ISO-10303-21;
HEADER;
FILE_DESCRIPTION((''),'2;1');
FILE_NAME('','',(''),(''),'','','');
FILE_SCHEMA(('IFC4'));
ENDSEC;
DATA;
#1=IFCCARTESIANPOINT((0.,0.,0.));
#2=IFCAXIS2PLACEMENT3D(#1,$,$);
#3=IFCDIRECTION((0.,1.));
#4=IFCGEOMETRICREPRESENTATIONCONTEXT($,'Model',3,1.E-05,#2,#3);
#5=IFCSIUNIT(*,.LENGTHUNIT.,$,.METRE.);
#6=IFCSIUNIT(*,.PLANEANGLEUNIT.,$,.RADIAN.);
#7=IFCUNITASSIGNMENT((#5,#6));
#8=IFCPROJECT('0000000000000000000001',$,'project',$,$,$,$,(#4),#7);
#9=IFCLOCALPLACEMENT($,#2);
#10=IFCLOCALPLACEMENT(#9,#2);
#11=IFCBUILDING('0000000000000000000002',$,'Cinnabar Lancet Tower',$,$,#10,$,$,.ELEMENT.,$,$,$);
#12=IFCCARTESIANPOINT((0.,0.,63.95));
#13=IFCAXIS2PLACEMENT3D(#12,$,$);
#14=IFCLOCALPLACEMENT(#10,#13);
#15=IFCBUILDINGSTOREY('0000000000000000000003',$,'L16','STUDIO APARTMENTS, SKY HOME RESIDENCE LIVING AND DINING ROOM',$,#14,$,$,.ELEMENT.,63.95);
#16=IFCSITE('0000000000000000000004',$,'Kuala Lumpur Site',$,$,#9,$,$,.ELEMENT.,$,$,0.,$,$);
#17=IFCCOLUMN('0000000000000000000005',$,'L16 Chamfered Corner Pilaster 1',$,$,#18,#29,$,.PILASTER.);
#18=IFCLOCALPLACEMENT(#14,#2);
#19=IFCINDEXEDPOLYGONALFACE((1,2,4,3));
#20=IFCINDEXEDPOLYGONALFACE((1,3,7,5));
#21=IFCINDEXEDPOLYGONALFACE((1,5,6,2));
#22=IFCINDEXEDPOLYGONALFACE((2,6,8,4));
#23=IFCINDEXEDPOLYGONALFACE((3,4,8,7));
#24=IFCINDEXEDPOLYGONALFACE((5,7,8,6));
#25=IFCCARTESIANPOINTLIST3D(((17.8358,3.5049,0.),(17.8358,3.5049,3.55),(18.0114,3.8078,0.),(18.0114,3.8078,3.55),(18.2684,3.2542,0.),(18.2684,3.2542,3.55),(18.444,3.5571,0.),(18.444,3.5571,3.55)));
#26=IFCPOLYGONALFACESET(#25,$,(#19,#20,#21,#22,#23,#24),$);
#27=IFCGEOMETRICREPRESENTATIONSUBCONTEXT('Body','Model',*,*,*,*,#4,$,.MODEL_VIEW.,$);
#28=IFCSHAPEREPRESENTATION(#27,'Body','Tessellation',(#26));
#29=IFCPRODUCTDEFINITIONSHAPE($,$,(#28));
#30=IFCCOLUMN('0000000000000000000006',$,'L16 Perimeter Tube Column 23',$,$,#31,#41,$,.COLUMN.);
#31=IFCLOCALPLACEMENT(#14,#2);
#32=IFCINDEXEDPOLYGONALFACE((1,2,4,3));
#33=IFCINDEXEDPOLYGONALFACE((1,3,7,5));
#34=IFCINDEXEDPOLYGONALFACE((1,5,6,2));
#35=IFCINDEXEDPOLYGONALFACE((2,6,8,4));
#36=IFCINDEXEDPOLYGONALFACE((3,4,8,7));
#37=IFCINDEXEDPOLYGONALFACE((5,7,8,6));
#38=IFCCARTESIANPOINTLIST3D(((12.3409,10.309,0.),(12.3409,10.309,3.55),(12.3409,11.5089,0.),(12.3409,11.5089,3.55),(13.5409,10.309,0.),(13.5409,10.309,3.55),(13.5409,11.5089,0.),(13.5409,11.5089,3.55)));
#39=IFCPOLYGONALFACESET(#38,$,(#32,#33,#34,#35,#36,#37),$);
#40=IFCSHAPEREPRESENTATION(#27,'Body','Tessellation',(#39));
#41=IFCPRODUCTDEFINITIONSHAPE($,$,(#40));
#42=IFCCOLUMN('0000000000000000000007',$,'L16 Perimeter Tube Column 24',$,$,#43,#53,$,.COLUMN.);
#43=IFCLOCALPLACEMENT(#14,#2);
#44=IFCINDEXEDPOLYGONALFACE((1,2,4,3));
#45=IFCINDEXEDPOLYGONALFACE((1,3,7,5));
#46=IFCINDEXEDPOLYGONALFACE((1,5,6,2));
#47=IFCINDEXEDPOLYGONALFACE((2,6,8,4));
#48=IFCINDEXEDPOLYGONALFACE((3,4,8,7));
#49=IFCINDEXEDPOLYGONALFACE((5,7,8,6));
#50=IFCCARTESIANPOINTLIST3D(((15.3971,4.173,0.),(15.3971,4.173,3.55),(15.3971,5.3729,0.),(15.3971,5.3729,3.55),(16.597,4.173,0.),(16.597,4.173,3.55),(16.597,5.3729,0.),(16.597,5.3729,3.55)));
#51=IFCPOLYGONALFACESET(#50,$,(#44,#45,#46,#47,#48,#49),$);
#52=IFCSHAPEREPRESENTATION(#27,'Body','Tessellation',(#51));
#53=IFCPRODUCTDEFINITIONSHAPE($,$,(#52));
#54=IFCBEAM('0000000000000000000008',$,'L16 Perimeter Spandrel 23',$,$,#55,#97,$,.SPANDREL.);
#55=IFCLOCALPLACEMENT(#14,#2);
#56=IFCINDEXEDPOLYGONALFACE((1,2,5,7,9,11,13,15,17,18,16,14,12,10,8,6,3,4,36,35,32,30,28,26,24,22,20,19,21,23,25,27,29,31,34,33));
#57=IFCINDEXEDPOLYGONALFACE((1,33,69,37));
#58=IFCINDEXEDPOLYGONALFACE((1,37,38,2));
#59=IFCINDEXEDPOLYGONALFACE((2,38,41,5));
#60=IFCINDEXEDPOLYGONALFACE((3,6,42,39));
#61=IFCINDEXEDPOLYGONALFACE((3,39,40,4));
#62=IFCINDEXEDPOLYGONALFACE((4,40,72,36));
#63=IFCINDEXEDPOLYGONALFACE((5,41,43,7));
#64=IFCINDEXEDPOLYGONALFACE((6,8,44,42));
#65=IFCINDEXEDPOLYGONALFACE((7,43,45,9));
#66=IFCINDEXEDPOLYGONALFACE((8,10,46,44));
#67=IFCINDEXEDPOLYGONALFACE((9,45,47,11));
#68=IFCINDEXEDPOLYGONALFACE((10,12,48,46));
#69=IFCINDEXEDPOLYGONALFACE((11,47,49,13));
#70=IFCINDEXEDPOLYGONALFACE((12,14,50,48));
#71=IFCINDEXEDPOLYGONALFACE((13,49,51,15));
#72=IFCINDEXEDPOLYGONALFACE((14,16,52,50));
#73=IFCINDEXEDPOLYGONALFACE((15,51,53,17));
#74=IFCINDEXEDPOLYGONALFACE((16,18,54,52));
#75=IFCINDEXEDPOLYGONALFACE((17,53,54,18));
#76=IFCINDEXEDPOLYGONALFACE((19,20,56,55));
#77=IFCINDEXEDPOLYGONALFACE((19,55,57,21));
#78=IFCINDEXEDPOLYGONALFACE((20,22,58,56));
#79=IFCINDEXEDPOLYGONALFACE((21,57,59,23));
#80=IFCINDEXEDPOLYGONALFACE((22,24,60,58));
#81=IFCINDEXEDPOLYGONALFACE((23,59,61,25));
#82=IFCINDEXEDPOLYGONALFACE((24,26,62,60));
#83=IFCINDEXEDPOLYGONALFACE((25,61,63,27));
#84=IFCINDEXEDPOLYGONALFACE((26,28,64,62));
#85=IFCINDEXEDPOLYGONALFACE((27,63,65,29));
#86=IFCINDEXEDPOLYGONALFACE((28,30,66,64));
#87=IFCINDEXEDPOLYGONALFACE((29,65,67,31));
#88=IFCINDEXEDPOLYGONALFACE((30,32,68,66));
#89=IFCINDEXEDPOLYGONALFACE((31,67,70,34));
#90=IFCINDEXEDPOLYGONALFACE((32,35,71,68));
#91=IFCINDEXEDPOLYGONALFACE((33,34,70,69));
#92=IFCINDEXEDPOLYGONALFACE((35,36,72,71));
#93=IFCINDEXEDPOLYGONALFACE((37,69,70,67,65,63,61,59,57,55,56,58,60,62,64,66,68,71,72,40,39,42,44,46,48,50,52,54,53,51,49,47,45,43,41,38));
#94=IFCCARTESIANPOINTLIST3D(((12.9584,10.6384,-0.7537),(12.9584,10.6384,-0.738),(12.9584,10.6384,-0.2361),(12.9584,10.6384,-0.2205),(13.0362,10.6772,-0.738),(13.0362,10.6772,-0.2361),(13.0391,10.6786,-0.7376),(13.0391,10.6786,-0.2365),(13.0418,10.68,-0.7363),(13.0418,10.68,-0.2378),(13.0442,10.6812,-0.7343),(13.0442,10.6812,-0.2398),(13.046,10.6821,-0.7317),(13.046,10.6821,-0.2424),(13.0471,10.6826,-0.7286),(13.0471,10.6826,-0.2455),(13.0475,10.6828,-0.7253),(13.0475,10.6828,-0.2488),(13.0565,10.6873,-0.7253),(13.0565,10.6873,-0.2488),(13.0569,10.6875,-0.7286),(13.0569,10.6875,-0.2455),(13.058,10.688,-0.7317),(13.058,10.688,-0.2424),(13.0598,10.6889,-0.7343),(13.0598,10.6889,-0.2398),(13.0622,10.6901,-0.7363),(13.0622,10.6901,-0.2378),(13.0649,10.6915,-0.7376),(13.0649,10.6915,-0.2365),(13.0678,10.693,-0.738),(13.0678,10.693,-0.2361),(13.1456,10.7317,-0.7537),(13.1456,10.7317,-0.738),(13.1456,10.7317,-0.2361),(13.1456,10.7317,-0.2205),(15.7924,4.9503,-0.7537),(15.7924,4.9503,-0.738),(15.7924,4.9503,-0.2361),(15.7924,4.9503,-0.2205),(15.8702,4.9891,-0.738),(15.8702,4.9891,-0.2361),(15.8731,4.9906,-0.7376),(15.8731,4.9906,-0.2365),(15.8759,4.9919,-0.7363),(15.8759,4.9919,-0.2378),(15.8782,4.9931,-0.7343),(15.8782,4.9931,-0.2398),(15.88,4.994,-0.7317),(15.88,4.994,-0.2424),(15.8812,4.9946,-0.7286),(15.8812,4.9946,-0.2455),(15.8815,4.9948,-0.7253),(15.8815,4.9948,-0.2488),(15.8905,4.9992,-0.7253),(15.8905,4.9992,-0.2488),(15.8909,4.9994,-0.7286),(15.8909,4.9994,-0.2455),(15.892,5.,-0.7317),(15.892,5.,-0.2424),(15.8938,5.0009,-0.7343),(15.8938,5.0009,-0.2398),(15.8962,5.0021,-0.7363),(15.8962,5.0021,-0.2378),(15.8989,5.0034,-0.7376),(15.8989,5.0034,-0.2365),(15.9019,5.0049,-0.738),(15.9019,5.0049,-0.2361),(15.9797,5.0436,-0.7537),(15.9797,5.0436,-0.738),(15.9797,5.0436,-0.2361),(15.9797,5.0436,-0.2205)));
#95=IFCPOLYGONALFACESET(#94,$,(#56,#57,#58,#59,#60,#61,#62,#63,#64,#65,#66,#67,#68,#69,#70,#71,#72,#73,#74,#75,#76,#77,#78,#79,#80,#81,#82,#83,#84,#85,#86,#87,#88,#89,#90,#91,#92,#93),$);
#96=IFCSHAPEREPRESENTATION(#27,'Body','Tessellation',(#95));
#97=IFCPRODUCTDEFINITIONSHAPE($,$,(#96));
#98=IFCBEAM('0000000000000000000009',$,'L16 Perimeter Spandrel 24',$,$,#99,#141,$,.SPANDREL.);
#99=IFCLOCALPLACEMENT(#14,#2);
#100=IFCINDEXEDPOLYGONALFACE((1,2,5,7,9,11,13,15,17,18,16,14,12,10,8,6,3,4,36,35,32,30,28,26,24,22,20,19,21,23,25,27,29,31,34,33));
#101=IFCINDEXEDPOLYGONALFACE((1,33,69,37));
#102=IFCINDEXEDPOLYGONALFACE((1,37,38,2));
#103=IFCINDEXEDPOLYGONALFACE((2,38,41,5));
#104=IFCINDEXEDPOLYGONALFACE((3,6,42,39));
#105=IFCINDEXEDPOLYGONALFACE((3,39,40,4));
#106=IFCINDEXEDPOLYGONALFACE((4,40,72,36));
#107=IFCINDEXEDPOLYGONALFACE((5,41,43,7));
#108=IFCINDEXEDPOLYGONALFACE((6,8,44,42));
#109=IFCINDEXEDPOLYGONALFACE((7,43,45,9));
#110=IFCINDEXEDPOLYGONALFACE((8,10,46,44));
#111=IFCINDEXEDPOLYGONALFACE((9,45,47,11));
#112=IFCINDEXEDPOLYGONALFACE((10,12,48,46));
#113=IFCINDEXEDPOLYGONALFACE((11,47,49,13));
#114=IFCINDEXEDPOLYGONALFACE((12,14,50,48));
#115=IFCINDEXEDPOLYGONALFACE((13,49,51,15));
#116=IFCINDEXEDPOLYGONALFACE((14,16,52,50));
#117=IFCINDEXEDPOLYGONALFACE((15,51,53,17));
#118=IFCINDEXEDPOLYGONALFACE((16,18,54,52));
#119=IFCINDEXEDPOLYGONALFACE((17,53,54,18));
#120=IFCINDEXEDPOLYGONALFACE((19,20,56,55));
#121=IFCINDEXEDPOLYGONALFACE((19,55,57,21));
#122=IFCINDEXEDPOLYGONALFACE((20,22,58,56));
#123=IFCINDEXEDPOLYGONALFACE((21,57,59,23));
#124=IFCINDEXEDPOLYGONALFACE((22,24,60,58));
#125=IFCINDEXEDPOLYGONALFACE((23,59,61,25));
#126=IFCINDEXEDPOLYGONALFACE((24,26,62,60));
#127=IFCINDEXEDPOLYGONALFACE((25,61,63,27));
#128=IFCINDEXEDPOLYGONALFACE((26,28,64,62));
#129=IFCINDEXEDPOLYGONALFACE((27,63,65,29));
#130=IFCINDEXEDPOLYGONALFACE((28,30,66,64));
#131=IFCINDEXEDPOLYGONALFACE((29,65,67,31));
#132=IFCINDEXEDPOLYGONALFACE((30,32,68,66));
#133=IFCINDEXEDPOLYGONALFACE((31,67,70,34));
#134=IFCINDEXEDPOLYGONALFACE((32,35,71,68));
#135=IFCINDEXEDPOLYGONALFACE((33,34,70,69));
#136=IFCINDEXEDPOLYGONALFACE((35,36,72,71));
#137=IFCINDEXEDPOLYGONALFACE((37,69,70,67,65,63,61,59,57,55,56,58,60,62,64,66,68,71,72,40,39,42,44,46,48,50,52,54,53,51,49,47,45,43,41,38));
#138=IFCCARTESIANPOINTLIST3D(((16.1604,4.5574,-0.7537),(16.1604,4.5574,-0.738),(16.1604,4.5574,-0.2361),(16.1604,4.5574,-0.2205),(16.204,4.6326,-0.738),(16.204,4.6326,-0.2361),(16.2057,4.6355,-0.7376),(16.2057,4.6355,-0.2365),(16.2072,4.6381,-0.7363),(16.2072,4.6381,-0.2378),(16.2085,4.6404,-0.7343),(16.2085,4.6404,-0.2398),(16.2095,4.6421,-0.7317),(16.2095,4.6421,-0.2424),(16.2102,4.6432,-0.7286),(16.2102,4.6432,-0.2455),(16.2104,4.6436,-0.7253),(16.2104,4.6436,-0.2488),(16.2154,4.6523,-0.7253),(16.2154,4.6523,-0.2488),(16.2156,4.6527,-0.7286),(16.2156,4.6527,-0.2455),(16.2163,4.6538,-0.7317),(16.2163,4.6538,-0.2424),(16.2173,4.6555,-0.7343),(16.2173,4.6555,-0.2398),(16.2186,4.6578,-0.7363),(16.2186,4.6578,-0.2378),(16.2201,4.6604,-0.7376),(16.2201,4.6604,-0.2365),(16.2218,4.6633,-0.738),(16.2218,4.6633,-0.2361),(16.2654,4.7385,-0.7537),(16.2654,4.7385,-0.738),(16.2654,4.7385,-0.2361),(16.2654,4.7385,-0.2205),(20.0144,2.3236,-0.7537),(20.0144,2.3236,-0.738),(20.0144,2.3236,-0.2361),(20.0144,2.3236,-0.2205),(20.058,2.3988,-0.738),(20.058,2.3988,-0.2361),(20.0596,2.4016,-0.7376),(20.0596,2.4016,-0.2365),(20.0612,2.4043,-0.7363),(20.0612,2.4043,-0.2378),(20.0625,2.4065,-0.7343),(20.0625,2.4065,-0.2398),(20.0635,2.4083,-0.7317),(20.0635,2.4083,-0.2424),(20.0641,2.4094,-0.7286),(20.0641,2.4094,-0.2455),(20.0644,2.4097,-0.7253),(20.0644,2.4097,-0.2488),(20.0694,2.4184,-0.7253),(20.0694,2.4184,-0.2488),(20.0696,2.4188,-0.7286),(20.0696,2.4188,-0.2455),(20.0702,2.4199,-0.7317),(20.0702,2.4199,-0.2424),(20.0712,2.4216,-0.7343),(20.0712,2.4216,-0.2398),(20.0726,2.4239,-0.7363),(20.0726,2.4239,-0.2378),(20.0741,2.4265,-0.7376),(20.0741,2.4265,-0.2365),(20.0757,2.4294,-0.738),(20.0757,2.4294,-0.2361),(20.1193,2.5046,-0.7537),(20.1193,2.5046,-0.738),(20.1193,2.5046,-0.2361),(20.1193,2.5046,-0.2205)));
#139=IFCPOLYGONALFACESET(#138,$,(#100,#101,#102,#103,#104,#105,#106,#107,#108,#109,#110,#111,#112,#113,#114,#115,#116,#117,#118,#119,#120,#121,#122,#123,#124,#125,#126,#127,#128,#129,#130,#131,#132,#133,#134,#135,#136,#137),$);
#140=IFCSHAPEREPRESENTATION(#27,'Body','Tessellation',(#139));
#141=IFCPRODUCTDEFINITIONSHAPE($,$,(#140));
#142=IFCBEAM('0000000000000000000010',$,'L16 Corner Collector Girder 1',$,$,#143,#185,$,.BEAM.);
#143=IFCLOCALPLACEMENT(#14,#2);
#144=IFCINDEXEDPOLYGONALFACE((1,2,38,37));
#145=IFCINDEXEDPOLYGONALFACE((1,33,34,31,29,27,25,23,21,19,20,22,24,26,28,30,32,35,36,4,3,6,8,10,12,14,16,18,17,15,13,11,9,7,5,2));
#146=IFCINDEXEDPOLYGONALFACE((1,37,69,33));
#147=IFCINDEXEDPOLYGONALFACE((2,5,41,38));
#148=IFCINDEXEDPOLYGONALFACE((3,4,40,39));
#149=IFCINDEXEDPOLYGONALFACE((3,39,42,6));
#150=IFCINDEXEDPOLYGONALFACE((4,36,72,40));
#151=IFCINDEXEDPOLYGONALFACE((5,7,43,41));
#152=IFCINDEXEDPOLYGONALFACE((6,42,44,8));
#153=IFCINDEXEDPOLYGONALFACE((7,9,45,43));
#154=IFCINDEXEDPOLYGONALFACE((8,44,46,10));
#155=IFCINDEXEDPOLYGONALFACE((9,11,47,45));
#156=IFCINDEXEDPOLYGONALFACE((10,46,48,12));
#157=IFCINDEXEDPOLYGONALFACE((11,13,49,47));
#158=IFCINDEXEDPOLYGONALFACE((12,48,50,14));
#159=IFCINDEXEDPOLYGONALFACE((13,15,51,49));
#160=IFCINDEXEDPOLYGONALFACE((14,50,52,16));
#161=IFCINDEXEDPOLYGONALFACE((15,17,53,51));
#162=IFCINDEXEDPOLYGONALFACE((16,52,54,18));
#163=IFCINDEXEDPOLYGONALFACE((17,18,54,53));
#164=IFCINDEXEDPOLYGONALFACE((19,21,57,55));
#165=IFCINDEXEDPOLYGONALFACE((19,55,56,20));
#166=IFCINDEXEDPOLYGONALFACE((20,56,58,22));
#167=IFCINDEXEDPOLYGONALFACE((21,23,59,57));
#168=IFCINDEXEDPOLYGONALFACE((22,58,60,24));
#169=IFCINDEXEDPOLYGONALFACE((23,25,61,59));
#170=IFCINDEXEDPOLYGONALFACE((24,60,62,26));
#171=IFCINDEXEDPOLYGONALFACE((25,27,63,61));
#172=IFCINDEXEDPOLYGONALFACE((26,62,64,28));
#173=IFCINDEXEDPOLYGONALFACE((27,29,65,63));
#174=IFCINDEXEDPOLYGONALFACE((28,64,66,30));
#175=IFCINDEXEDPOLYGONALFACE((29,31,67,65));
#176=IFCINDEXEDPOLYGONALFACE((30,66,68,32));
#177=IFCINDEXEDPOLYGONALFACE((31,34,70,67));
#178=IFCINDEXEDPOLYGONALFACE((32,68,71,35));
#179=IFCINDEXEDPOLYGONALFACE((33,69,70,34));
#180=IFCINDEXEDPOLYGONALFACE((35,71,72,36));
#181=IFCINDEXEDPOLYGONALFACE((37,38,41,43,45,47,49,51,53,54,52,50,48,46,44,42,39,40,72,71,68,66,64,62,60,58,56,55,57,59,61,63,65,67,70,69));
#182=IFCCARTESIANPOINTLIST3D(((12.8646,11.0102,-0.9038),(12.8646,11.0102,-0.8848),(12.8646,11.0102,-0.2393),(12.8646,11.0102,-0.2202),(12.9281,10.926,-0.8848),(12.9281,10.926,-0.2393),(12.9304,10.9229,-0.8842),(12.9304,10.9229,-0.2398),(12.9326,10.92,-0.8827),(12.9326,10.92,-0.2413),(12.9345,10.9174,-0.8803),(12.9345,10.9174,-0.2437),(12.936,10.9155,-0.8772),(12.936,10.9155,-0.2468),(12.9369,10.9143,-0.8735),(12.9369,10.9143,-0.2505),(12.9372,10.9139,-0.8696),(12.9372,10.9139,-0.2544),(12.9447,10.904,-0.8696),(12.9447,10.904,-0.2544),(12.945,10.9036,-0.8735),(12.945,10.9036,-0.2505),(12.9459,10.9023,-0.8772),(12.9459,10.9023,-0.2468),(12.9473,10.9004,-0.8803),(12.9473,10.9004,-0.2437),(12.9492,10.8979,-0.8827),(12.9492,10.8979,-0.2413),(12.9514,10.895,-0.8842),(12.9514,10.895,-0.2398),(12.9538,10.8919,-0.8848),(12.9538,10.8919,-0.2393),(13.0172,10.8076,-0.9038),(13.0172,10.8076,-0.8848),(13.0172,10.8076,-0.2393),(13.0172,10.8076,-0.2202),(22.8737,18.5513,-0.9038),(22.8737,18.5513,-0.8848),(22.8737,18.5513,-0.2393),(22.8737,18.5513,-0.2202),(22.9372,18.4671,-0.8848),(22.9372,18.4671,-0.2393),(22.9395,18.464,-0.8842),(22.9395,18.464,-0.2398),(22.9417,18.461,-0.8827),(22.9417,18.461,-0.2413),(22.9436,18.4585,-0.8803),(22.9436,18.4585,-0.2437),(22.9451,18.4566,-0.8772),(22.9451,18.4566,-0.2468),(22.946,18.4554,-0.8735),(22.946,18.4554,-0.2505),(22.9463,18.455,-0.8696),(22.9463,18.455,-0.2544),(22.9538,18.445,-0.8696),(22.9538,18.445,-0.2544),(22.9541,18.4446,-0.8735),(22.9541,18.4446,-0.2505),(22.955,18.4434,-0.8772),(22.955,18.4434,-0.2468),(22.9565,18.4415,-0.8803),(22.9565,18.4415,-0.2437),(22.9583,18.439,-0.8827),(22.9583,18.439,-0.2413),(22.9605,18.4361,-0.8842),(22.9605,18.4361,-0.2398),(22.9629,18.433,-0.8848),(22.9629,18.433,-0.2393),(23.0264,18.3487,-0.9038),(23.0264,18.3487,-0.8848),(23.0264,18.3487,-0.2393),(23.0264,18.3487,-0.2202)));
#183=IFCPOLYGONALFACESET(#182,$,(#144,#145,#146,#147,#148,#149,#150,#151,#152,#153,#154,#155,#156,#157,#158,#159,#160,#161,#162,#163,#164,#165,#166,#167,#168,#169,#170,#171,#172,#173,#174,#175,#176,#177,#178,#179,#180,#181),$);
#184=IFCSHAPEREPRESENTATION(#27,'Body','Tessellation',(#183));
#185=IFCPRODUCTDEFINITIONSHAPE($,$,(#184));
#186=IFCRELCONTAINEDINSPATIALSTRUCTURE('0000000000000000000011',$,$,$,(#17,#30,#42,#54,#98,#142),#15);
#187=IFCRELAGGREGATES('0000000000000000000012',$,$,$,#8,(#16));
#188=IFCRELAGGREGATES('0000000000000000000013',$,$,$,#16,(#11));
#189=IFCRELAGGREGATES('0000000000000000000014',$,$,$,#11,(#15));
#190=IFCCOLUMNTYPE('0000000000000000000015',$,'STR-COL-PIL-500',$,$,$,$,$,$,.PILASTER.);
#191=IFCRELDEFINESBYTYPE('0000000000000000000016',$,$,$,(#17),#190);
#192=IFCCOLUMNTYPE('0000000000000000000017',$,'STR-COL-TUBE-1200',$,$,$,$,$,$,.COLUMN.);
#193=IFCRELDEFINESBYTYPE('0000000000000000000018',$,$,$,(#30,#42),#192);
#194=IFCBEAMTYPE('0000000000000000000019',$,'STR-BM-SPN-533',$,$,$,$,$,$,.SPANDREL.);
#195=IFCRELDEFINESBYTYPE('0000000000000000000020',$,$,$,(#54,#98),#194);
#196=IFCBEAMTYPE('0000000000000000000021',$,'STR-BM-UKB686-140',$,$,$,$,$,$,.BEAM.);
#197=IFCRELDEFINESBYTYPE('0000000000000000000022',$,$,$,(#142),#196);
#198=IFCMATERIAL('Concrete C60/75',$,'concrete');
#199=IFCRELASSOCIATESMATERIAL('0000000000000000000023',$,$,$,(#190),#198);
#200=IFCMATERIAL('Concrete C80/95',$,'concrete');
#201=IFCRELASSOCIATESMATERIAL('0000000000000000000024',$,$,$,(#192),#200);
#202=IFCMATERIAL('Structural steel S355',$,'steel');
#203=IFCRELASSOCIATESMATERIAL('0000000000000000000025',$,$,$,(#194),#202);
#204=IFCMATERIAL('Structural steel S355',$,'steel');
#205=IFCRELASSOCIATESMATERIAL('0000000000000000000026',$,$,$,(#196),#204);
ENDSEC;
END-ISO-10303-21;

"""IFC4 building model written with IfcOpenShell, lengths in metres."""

from ifc_helpers import new_model, si_unit, direction, frame, origin, origin_2d, place, context, subcontext, project, spatial, rectangle, i_section, extrude, material, material_profile, profile_set, type_object, element, save


model = new_model("IFC4")

# Units and contexts
model_context = context("Model", 3, precision=1e-05, world=origin(), true_north=direction((0.0, 1.0)))
body_context = subcontext(model_context, "Body", "Model", "MODEL_VIEW")
ifc_project = project(units=[si_unit("LENGTHUNIT", "METRE"), si_unit("PLANEANGLEUNIT", "RADIAN")], contexts=[model_context])

# Site, building, storey
site_placement = place(None, origin())
site = spatial("IfcSite", under=ifc_project, at=site_placement, Name="Kuala Lumpur Site", CompositionType="ELEMENT", RefElevation=0.0)
building_placement = place(site_placement, origin())
building = spatial("IfcBuilding", under=site, at=building_placement, Name="Cinnabar Lancet Tower", CompositionType="ELEMENT")
storey_placement = place(building_placement, frame((0.0, 0.0, 63.95)))
storey = spatial("IfcBuildingStorey", under=building, at=storey_placement, Name="L16", Description="STUDIO APARTMENTS, SKY HOME RESIDENCE LIVING AND DINING ROOM", CompositionType="ELEMENT", Elevation=63.95)

# Columns
ifc_material_1 = material(Name="Concrete C60/75", Category="concrete")
ifc_material_profile_1 = material_profile(ifc_material_1, rectangle(XDim=0.5, YDim=0.3501, at=origin_2d()), Name="RC-PIL 500x350")
ifc_profile_set_1 = profile_set([ifc_material_profile_1], Name="Concrete C60/75")
column_type_1 = type_object("IfcColumnType", Name="STR-COL-PIL-500", PredefinedType="PILASTER", material=ifc_profile_set_1)
column_placement = place(storey_placement, frame((18.1399, 3.531, 0.0), z_axis=(0.0, 0.0, 1.0), x_axis=(0.865195, -0.501435, 0.0)))
element("IfcColumn", 1, at=column_placement, inside=storey, type_object=column_type_1, Name="L16 Chamfered Corner Pilaster 1", PredefinedType="PILASTER", context=body_context, shape_type="SweptSolid", body=[
    extrude(rectangle(XDim=0.5, YDim=0.3501, at=origin_2d()), origin(), (0.0, 0.0, 1.0), 3.55),
])
ifc_material_2 = material(Name="Concrete C80/95", Category="concrete")
ifc_material_profile_2 = material_profile(ifc_material_2, rectangle(XDim=1.2, YDim=1.2, at=origin_2d()), Name="RC-COL 1200x1200")
ifc_profile_set_2 = profile_set([ifc_material_profile_2], Name="Concrete C80/95")
column_type_2 = type_object("IfcColumnType", Name="STR-COL-TUBE-1200", PredefinedType="COLUMN", material=ifc_profile_set_2)
for number, where, z_axis, x_axis, name in (
    (2, (12.9409, 10.9089, 0.0), (0.0, 0.0, 1.0), (1.0, 0.0, 0.0), "L16 Perimeter Tube Column 23"),
    (3, (15.9971, 4.7729, 0.0), (0.0, 0.0, 1.0), (1.0, 0.0, 0.0), "L16 Perimeter Tube Column 24"),
):
    element("IfcColumn", number, at=place(storey_placement, frame(where, z_axis=z_axis, x_axis=x_axis)), inside=storey, type_object=column_type_2, Name=name, PredefinedType="COLUMN", context=body_context, shape_type="SweptSolid", body=[
        extrude(rectangle(XDim=1.2, YDim=1.2, at=origin_2d()), origin(), (0.0, 0.0, 1.0), 3.55),
    ])

# Beams
ifc_material_3 = material(Name="Structural steel S355", Category="steel")
ifc_material_profile_3 = material_profile(ifc_material_3, i_section(OverallWidth=0.2092, OverallDepth=0.5332, WebThickness=0.01, FlangeThickness=0.0156, FilletRadius=0.0127, at=origin_2d()), Name="UKB 533x210x92")
ifc_profile_set_3 = profile_set([ifc_material_profile_3], Name="Structural steel S355")
beam_type_1 = type_object("IfcBeamType", Name="STR-BM-SPN-533", PredefinedType="SPANDREL", material=ifc_profile_set_3)
beam_1_placement = place(storey_placement, frame((13.052, 10.6851, -0.4871), z_axis=(0.445953, -0.895056, 0.0), x_axis=(0.895056, 0.445953, 0.0)))
element("IfcBeam", 4, at=beam_1_placement, inside=storey, type_object=beam_type_1, Name="L16 Perimeter Spandrel 23", PredefinedType="SPANDREL", context=body_context, shape_type="SweptSolid", body=[
    extrude(i_section(OverallWidth=0.2092, OverallDepth=0.5332, WebThickness=0.01, FlangeThickness=0.0156, FilletRadius=0.0127, at=origin_2d()), origin(), (0.0, 0.0, 1.0), 6.355),
])
beam_2_placement = place(storey_placement, frame((16.2129, 4.6479, -0.4871), z_axis=(0.865171, -0.501477, 0.0), x_axis=(0.501477, 0.865171, 0.0)))
element("IfcBeam", 5, at=beam_2_placement, inside=storey, type_object=beam_type_1, Name="L16 Perimeter Spandrel 24", PredefinedType="SPANDREL", context=body_context, shape_type="SweptSolid", body=[
    extrude(i_section(OverallWidth=0.2092, OverallDepth=0.5332, WebThickness=0.01, FlangeThickness=0.0156, FilletRadius=0.0127, at=origin_2d()), origin(), (0.0, 0.0, 1.0), 4.4546),
])
ifc_material_4 = material(Name="Structural steel S355", Category="steel")
ifc_material_profile_4 = material_profile(ifc_material_4, i_section(OverallWidth=0.2537, OverallDepth=0.6836, WebThickness=0.0125, FlangeThickness=0.019, FilletRadius=0.0151, at=origin_2d()), Name="UKB 686x254x140")
ifc_profile_set_4 = profile_set([ifc_material_profile_4], Name="Structural steel S355")
beam_type_2 = type_object("IfcBeamType", Name="STR-BM-UKB686-140", PredefinedType="BEAM", material=ifc_profile_set_4)
beam_3_placement = place(storey_placement, frame((12.9409, 10.9089, -0.562), z_axis=(0.798687, 0.601747, 0.0), x_axis=(-0.601747, 0.798687, 0.0)))
element("IfcBeam", 6, at=beam_3_placement, inside=storey, type_object=beam_type_2, Name="L16 Corner Collector Girder 1", PredefinedType="BEAM", context=body_context, shape_type="SweptSolid", body=[
    extrude(i_section(OverallWidth=0.2537, OverallDepth=0.6836, WebThickness=0.0125, FlangeThickness=0.019, FilletRadius=0.0151, at=origin_2d()), origin(), (0.0, 0.0, 1.0), 12.532),
])

save(model, "model.ifc")
